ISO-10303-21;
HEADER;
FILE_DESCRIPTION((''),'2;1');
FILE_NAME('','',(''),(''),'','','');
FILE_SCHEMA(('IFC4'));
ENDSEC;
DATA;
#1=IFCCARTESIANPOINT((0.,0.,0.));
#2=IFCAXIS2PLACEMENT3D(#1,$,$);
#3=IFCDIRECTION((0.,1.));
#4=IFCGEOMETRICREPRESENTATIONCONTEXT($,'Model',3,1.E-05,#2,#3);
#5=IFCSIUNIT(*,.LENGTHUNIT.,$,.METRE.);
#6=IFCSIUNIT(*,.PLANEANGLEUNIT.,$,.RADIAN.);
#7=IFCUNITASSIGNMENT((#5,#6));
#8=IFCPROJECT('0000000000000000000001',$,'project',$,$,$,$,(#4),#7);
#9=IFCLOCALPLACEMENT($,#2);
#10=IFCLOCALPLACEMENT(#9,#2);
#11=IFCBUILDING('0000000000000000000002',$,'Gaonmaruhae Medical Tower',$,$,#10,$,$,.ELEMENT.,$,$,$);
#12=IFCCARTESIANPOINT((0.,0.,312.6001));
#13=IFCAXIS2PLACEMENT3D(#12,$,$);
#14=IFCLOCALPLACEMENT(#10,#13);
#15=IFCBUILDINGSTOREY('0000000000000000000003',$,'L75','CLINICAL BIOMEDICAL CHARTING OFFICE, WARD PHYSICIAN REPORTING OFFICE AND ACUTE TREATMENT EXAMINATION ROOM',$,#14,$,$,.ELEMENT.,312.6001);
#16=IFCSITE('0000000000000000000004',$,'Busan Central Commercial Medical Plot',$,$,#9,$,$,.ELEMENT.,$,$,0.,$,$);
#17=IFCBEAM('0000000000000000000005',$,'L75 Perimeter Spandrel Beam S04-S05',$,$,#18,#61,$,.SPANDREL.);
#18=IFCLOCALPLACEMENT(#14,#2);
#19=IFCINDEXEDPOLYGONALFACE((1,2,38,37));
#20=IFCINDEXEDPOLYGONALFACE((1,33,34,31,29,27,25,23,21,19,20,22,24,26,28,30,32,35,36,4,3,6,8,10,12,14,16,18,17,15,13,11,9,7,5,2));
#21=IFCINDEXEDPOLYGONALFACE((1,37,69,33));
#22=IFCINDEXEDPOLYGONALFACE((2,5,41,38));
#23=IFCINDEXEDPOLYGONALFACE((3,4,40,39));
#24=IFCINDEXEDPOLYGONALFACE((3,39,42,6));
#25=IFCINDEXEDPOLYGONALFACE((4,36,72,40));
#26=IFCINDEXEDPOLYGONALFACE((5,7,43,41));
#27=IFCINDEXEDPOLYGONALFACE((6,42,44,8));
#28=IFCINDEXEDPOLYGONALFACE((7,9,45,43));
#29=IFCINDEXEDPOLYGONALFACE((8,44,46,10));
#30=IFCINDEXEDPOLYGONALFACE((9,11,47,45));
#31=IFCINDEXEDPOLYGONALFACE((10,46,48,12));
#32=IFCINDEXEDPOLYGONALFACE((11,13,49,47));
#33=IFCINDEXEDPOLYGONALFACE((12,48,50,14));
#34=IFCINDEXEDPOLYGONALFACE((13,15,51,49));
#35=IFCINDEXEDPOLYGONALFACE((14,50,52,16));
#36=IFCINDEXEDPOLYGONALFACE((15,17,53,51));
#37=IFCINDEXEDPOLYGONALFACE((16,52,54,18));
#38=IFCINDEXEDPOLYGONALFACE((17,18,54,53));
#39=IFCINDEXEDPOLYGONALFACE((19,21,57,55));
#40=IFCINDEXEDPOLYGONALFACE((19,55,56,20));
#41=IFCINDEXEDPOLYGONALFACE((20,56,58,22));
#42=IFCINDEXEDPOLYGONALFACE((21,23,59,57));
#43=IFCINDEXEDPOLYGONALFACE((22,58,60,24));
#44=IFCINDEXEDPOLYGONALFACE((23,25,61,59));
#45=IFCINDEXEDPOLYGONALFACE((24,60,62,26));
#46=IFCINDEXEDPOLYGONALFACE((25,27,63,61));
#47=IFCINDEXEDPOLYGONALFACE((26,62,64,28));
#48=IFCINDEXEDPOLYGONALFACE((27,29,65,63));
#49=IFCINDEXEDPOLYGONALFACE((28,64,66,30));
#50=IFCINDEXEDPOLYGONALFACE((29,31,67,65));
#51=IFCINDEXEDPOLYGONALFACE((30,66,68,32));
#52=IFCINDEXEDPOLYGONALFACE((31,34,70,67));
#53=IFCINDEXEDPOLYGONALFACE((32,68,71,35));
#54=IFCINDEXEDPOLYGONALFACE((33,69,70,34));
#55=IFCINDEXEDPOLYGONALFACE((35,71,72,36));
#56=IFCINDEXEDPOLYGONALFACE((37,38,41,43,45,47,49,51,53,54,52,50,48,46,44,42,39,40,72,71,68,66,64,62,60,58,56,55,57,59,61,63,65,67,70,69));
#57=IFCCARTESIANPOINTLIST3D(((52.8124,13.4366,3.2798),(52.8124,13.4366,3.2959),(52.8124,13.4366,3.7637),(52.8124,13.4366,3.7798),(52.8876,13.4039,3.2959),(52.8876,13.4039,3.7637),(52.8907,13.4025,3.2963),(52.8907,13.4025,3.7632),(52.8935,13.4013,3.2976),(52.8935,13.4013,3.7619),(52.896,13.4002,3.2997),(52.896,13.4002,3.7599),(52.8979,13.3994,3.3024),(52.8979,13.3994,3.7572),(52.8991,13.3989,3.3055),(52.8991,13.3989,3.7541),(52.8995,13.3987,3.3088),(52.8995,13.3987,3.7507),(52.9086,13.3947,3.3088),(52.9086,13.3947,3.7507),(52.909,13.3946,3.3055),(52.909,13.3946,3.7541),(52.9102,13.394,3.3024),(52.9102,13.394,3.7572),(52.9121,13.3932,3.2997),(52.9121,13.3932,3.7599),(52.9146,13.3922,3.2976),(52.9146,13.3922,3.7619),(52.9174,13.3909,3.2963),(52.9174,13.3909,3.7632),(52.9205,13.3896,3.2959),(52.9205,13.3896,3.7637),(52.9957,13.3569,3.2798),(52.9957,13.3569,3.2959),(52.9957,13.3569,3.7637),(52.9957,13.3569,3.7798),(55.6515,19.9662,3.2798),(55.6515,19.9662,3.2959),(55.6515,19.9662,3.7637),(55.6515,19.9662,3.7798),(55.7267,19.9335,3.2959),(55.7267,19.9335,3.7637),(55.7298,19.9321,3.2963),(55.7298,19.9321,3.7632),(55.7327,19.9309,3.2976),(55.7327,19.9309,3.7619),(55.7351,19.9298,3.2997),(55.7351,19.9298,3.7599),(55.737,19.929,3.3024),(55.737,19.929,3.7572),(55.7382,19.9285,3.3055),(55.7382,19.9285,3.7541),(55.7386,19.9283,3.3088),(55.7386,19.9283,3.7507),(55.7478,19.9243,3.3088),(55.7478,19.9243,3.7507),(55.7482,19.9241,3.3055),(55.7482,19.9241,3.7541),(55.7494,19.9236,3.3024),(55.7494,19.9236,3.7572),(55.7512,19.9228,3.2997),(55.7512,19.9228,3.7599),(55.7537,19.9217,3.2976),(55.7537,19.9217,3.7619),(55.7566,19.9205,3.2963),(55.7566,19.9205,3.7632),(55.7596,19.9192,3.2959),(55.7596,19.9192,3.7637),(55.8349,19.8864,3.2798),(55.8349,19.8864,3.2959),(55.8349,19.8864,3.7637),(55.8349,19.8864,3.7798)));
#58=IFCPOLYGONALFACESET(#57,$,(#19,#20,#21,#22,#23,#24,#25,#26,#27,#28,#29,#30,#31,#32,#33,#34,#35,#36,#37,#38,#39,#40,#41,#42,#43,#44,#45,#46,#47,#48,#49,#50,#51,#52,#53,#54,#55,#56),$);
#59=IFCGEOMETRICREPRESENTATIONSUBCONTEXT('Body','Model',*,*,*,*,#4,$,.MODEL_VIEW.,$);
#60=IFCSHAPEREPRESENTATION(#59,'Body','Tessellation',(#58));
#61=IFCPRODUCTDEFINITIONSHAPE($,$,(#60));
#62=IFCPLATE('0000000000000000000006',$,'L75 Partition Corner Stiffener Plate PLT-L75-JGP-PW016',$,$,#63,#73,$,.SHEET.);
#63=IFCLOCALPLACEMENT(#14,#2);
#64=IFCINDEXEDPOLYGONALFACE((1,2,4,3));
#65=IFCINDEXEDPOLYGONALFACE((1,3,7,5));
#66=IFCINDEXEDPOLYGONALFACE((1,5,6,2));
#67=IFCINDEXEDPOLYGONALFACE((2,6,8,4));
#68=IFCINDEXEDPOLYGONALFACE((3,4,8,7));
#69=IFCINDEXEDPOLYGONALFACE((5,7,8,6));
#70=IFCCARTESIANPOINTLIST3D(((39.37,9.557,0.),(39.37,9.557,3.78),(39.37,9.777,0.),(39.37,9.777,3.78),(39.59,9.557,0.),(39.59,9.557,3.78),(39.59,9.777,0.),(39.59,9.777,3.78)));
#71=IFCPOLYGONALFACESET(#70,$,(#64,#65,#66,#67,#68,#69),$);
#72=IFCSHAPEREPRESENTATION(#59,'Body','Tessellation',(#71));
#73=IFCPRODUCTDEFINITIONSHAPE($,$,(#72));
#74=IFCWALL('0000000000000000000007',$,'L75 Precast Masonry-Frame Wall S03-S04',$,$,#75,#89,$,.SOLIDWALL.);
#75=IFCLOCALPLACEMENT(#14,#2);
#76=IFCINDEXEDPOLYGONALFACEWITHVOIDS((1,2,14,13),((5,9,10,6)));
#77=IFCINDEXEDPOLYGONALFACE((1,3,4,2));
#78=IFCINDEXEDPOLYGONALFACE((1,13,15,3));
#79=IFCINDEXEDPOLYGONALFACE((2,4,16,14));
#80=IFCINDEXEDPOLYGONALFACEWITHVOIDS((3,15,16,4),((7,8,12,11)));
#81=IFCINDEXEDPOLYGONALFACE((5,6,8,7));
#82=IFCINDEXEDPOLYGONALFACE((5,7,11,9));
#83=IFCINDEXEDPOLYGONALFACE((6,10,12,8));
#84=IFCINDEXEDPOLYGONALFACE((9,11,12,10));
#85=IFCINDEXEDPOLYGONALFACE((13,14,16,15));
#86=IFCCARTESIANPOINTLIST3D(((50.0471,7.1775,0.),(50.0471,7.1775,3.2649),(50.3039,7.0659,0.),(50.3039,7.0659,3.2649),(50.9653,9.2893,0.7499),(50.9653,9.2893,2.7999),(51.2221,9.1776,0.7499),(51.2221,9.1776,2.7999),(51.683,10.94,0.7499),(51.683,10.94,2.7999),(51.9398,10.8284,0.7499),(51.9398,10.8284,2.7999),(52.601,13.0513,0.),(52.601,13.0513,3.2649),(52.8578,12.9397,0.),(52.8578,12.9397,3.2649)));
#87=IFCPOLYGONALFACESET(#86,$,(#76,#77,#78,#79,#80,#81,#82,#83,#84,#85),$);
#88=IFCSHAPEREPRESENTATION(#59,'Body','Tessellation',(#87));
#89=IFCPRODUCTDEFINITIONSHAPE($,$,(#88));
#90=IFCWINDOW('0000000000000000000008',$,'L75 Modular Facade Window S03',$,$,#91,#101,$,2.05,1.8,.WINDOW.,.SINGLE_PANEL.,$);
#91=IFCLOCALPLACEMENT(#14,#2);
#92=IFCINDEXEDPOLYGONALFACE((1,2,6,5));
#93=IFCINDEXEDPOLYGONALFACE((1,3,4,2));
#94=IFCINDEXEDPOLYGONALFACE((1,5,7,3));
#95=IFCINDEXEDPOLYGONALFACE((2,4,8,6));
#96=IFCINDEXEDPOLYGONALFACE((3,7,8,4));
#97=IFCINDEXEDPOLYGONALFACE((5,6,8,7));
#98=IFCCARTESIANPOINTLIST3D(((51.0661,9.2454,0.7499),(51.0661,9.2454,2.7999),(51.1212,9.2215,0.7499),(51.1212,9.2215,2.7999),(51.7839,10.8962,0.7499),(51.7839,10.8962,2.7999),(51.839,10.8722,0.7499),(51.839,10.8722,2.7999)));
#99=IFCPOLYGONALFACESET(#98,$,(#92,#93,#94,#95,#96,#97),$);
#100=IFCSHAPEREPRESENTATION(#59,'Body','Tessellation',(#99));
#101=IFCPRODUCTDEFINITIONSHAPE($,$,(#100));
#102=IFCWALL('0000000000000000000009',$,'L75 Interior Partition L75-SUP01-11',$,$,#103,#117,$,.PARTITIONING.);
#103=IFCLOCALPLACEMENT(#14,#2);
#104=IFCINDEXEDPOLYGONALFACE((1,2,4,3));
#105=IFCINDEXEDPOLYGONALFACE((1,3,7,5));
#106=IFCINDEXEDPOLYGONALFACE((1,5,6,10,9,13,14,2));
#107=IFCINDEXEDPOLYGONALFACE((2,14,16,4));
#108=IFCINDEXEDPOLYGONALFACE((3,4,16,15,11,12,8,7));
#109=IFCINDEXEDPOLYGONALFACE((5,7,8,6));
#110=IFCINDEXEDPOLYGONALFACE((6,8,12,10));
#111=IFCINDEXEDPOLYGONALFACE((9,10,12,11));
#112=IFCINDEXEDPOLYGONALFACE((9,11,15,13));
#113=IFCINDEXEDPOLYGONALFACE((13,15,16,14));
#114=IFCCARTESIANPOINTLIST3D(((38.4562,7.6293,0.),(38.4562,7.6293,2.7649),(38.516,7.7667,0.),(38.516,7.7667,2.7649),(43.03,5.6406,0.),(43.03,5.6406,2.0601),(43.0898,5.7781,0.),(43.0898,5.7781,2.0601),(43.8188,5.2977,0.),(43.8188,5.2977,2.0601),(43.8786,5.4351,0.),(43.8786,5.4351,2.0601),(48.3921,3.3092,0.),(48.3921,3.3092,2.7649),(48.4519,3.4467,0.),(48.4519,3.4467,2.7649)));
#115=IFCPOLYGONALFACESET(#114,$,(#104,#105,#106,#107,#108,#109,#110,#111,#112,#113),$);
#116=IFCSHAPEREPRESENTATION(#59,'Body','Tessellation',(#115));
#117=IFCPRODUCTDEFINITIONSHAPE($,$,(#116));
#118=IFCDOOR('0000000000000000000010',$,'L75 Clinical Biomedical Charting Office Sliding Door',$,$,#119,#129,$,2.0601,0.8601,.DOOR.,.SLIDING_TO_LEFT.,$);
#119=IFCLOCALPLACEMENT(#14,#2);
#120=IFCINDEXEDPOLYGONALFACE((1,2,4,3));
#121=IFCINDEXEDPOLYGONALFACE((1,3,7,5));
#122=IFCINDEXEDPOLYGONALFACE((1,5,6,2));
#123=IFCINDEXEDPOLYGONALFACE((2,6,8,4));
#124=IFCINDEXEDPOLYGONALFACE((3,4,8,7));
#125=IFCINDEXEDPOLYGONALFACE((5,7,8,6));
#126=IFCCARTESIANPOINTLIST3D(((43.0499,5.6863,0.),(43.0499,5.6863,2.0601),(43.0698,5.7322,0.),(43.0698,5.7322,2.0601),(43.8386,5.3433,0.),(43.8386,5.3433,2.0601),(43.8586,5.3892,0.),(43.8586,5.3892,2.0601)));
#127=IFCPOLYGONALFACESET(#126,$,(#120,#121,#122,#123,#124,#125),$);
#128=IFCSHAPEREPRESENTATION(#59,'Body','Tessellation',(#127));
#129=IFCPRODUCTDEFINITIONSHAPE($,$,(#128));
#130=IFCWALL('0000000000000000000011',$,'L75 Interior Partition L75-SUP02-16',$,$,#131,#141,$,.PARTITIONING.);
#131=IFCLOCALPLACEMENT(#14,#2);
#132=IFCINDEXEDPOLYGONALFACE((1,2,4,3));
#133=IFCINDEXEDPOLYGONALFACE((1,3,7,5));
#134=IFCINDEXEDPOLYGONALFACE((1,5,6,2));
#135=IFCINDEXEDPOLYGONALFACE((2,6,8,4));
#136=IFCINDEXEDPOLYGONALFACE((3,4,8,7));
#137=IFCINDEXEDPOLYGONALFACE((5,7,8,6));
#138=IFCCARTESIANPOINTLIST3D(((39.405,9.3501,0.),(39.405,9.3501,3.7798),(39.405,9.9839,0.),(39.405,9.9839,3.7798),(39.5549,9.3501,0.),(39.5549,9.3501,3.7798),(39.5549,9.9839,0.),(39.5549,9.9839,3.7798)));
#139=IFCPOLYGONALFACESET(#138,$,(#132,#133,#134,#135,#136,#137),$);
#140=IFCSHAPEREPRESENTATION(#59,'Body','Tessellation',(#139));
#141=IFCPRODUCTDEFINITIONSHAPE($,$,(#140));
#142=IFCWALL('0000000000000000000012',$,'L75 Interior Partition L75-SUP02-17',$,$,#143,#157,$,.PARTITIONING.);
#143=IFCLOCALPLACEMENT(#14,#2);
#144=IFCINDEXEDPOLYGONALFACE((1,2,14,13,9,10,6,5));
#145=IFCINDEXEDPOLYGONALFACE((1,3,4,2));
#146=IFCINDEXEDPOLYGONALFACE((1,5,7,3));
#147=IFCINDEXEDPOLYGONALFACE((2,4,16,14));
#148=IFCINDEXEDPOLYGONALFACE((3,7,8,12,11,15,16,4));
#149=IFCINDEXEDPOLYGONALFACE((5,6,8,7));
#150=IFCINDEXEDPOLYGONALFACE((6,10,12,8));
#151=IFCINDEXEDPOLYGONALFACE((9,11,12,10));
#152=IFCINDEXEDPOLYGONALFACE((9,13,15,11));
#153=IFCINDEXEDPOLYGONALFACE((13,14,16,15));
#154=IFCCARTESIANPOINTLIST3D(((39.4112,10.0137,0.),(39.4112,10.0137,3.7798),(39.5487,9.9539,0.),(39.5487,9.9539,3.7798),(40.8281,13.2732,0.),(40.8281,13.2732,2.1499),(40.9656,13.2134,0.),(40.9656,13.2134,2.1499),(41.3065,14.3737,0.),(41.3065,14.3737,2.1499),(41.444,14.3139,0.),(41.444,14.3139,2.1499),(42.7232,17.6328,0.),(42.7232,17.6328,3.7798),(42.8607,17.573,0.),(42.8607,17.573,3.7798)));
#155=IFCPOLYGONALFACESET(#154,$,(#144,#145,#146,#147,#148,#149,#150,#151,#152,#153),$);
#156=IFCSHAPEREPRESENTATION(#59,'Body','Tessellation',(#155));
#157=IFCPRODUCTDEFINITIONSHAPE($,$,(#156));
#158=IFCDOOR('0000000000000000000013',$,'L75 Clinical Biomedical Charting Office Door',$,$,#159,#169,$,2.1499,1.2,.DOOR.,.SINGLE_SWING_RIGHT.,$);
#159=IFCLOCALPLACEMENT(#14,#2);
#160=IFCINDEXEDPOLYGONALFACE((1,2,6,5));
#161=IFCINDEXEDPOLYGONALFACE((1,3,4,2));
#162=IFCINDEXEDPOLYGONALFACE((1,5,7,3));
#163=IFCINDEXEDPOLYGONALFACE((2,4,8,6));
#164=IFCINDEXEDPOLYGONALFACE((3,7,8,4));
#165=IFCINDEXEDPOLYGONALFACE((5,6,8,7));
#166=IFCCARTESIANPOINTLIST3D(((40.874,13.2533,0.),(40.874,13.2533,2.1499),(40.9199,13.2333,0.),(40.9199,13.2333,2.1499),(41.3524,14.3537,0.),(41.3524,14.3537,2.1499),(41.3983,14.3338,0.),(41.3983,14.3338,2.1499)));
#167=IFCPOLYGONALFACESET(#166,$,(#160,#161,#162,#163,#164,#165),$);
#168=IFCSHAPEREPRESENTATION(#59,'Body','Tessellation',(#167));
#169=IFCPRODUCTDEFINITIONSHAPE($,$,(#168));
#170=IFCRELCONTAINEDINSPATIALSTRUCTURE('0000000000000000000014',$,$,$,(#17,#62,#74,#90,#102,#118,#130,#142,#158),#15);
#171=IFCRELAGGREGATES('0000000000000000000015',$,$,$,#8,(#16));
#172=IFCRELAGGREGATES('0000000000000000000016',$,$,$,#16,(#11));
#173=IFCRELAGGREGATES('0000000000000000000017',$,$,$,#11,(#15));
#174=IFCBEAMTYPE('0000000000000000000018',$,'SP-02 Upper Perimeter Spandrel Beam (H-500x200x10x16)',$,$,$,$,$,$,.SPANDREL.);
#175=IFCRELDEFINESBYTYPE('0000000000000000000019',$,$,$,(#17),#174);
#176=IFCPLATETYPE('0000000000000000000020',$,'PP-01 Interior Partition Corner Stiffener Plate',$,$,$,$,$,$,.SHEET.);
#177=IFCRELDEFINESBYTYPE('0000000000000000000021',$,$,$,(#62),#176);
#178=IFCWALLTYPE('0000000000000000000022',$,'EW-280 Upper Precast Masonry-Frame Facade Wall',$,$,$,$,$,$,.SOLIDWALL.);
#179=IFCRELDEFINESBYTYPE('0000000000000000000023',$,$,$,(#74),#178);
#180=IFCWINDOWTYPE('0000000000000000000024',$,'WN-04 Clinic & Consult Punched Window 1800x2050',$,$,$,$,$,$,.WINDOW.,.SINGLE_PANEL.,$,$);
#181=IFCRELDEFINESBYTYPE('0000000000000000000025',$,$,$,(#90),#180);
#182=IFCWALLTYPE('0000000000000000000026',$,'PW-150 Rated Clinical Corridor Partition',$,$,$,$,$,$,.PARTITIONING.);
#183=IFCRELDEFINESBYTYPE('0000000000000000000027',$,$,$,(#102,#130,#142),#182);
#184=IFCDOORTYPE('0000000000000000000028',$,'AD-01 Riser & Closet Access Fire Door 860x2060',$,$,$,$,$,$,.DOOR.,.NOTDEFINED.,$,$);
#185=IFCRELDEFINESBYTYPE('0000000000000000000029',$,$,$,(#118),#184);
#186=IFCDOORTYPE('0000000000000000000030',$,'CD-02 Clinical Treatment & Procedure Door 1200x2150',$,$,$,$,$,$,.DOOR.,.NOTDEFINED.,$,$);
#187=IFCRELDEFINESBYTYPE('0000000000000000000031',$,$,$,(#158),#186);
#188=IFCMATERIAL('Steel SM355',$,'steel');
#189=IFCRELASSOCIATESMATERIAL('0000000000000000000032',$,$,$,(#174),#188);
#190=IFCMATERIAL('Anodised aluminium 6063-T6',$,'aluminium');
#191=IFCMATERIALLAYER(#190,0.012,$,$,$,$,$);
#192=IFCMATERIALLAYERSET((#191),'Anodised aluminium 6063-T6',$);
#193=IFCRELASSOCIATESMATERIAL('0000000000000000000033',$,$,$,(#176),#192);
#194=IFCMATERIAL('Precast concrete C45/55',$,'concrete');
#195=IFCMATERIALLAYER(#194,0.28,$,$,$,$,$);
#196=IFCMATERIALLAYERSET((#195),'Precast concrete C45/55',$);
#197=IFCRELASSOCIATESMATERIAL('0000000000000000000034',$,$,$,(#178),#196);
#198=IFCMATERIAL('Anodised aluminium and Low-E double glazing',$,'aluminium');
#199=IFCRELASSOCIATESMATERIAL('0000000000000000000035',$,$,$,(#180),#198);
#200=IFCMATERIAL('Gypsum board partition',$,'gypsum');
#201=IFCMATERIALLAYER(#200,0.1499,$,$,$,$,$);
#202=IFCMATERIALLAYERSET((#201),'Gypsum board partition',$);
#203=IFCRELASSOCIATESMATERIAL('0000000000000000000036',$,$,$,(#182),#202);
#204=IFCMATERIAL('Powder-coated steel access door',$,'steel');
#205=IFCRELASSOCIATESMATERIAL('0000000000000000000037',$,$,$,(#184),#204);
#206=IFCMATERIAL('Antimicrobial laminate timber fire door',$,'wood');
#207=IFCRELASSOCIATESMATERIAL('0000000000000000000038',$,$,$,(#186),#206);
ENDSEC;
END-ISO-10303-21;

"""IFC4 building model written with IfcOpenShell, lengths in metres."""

from ifc_helpers import new_model, si_unit, direction, frame, frame_2d, origin, origin_2d, place, context, subcontext, project, spatial, rectangle, i_section, extrude, material, layer, layer_set, material_profile, profile_set, type_object, element, fill, save


model = new_model("IFC4")

# Units and contexts
model_context = context("Model", 3, precision=1e-05, world=origin(), true_north=direction((0.0, 1.0)))
body_context = subcontext(model_context, "Body", "Model", "MODEL_VIEW")
ifc_project = project(units=[si_unit("LENGTHUNIT", "METRE"), si_unit("PLANEANGLEUNIT", "RADIAN")], contexts=[model_context])

# Site, building, storey
site_placement = place(None, origin())
site = spatial("IfcSite", under=ifc_project, at=site_placement, Name="Busan Central Commercial Medical Plot", CompositionType="ELEMENT", RefElevation=0.0)
building_placement = place(site_placement, origin())
building = spatial("IfcBuilding", under=site, at=building_placement, Name="Gaonmaruhae Medical Tower", CompositionType="ELEMENT")
storey_placement = place(building_placement, frame((0.0, 0.0, 312.6001)))
storey = spatial("IfcBuildingStorey", under=building, at=storey_placement, Name="L75", Description="CLINICAL BIOMEDICAL CHARTING OFFICE, WARD PHYSICIAN REPORTING OFFICE AND ACUTE TREATMENT EXAMINATION ROOM", CompositionType="ELEMENT", Elevation=312.6001)

# Beam
ifc_material_1 = material(Name="Steel SM355", Category="steel")
ifc_material_profile_1 = material_profile(ifc_material_1, i_section(OverallWidth=0.2, OverallDepth=0.5, WebThickness=0.01, FlangeThickness=0.0161, FilletRadius=0.0129, at=origin_2d()), Name="H-500x200x10x16")
ifc_profile_set_1 = profile_set([ifc_material_profile_1], Name="Steel SM355")
beam_type_1 = type_object("IfcBeamType", Name="SP-02 Upper Perimeter Spandrel Beam (H-500x200x10x16)", PredefinedType="SPANDREL", material=ifc_profile_set_1)
for number, where, z_axis, x_axis, name in (
    (1, (52.9041, 13.3967, 3.5298), (0.398747, 0.917061, 0.0), (-0.917061, 0.398747, 0.0), "L75 Perimeter Spandrel Beam S04-S05"),
):
    element("IfcBeam", number, at=place(storey_placement, frame(where, z_axis=z_axis, x_axis=x_axis)), inside=storey, type_object=beam_type_1, Name=name, PredefinedType="SPANDREL", context=body_context, shape_type="SweptSolid", body=[
        extrude(i_section(OverallWidth=0.2, OverallDepth=0.5, WebThickness=0.01, FlangeThickness=0.0161, FilletRadius=0.0129, at=origin_2d()), origin(), (0.0, 0.0, 1.0), 7.1201),
    ])

# Plate
ifc_material_2 = material(Name="Anodised aluminium 6063-T6", Category="aluminium")
ifc_layer_1 = layer(ifc_material_2, 0.012)
ifc_layer_set_1 = layer_set([ifc_layer_1], Name="Anodised aluminium 6063-T6")
plate_type = type_object("IfcPlateType", Name="PP-01 Interior Partition Corner Stiffener Plate", PredefinedType="SHEET", material=ifc_layer_set_1)
plate_placement = place(storey_placement, frame((39.48, 9.667, 0.0), z_axis=(0.0, 0.0, 1.0), x_axis=(0.0, 1.0, 0.0)))
element("IfcPlate", 2, at=plate_placement, inside=storey, type_object=plate_type, Name="L75 Partition Corner Stiffener Plate PLT-L75-JGP-PW016", PredefinedType="SHEET", context=body_context, shape_type="SweptSolid", body=[
    extrude(rectangle(XDim=0.22, YDim=0.22, at=origin_2d()), origin(), (0.0, 0.0, 1.0), 3.78),
])

# Wall, opening, window
ifc_material_3 = material(Name="Precast concrete C45/55", Category="concrete")
ifc_layer_2 = layer(ifc_material_3, 0.28)
ifc_layer_set_2 = layer_set([ifc_layer_2], Name="Precast concrete C45/55")
wall_type_1 = type_object("IfcWallType", Name="EW-280 Upper Precast Masonry-Frame Facade Wall", PredefinedType="SOLIDWALL", material=ifc_layer_set_2)
wall_1_placement = place(storey_placement, frame((52.7295, 12.9956, 0.0), z_axis=(0.0, 0.0, 1.0), x_axis=(-0.398744, -0.917062, 0.0)))
wall_1 = element("IfcWall", 3, at=wall_1_placement, inside=storey, type_object=wall_type_1, Name="L75 Precast Masonry-Frame Wall S03-S04", PredefinedType="SOLIDWALL", context=body_context, shape_type="SweptSolid", body=[
    extrude(rectangle(XDim=6.405, YDim=0.28, at=frame_2d((3.2026, 0.0))), origin(), (0.0, 0.0, 1.0), 3.2649),
])
opening_1_placement = place(wall_1_placement, frame((2.3025, 0.0, 0.75)))
opening_1 = element("IfcOpeningElement", 4, at=opening_1_placement, cuts=wall_1, PredefinedType="OPENING", context=body_context, shape_type="SweptSolid", body=[
    extrude(rectangle(XDim=1.8, YDim=2.05, at=frame_2d((0.8999, 1.0249))), frame((0.0, 0.1499, 0.0), z_axis=(0.0, -1.0, 0.0), x_axis=(1.0, 0.0, 0.0)), (0.0, 0.0, 1.0), 0.3),
])
ifc_material_4 = material(Name="Anodised aluminium and Low-E double glazing", Category="aluminium")
window_type = type_object("IfcWindowType", Name="WN-04 Clinic & Consult Punched Window 1800x2050", PartitioningType="SINGLE_PANEL", PredefinedType="WINDOW", material=ifc_material_4)
window_placement = place(opening_1_placement, origin())
window = element("IfcWindow", 5, at=window_placement, inside=storey, type_object=window_type, Name="L75 Modular Facade Window S03", OverallHeight=2.05, OverallWidth=1.8, PartitioningType="SINGLE_PANEL", PredefinedType="WINDOW", context=body_context, shape_type="SweptSolid", body=[
    extrude(rectangle(XDim=1.8, YDim=2.05, at=frame_2d((0.8999, 1.0249))), frame((0.0, 0.03, 0.0), z_axis=(0.0, -1.0, 0.0), x_axis=(1.0, 0.0, 0.0)), (0.0, 0.0, 1.0), 0.0601),
])
fill(opening_1, window)

# Wall, opening, door
ifc_material_5 = material(Name="Gypsum board partition", Category="gypsum")
ifc_layer_3 = layer(ifc_material_5, 0.1499)
ifc_layer_set_3 = layer_set([ifc_layer_3], Name="Gypsum board partition")
wall_type_2 = type_object("IfcWallType", Name="PW-150 Rated Clinical Corridor Partition", PredefinedType="PARTITIONING", material=ifc_layer_set_3)
wall_2_placement = place(storey_placement, frame((38.4861, 7.698, 0.0), z_axis=(0.0, 0.0, 1.0), x_axis=(0.917068, -0.39873, 0.0)))
wall_2 = element("IfcWall", 6, at=wall_2_placement, inside=storey, type_object=wall_type_2, Name="L75 Interior Partition L75-SUP01-11", PredefinedType="PARTITIONING", context=body_context, shape_type="SweptSolid", body=[
    extrude(rectangle(XDim=10.8345, YDim=0.1499, at=frame_2d((5.4172, 0.0))), origin(), (0.0, 0.0, 1.0), 2.7649),
])
opening_2_placement = place(wall_2_placement, frame((4.9873, 0.0, 0.0)))
opening_2 = element("IfcOpeningElement", 7, at=opening_2_placement, cuts=wall_2, PredefinedType="OPENING", context=body_context, shape_type="SweptSolid", body=[
    extrude(rectangle(XDim=0.8601, YDim=2.0601, at=frame_2d((0.4302, 1.03))), frame((0.0, 0.085, 0.0), z_axis=(0.0, -1.0, 0.0), x_axis=(1.0, 0.0, 0.0)), (0.0, 0.0, 1.0), 0.1699),
])
ifc_material_6 = material(Name="Powder-coated steel access door", Category="steel")
door_type_1 = type_object("IfcDoorType", Name="AD-01 Riser & Closet Access Fire Door 860x2060", OperationType="NOTDEFINED", PredefinedType="DOOR", material=ifc_material_6)
door_1_placement = place(opening_2_placement, origin())
door_1 = element("IfcDoor", 8, at=door_1_placement, inside=storey, type_object=door_type_1, Name="L75 Clinical Biomedical Charting Office Sliding Door", OperationType="SLIDING_TO_LEFT", OverallHeight=2.0601, OverallWidth=0.8601, PredefinedType="DOOR", context=body_context, shape_type="SweptSolid", body=[
    extrude(rectangle(XDim=0.8601, YDim=2.0601, at=frame_2d((0.4302, 1.03))), frame((0.0, 0.0249, 0.0), z_axis=(0.0, -1.0, 0.0), x_axis=(1.0, 0.0, 0.0)), (0.0, 0.0, 1.0), 0.05),
])
fill(opening_2, door_1)

# Wall
wall_3_placement = place(storey_placement, frame((39.48, 9.3501, 0.0), z_axis=(0.0, 0.0, 1.0), x_axis=(0.0, 1.0, 0.0)))
element("IfcWall", 9, at=wall_3_placement, inside=storey, type_object=wall_type_2, Name="L75 Interior Partition L75-SUP02-16", PredefinedType="PARTITIONING", context=body_context, shape_type="SweptSolid", body=[
    extrude(rectangle(XDim=0.6338, YDim=0.1499, at=frame_2d((0.3169, 0.0))), origin(), (0.0, 0.0, 1.0), 3.7798),
])

# Wall, opening, door
wall_4_placement = place(storey_placement, frame((39.48, 9.9839, 0.0), z_axis=(0.0, 0.0, 1.0), x_axis=(0.398659, 0.917099, 0.0)))
wall_4 = element("IfcWall", 10, at=wall_4_placement, inside=storey, type_object=wall_type_2, Name="L75 Interior Partition L75-SUP02-17", PredefinedType="PARTITIONING", context=body_context, shape_type="SweptSolid", body=[
    extrude(rectangle(XDim=8.3079, YDim=0.1499, at=frame_2d((4.1538, 0.0))), origin(), (0.0, 0.0, 1.0), 3.7798),
])
opening_3_placement = place(wall_4_placement, frame((3.554, 0.0, 0.0)))
opening_3 = element("IfcOpeningElement", 11, at=opening_3_placement, cuts=wall_4, PredefinedType="OPENING", context=body_context, shape_type="SweptSolid", body=[
    extrude(rectangle(XDim=1.2, YDim=2.1499, at=frame_2d((0.6001, 1.075))), frame((0.0, 0.085, 0.0), z_axis=(0.0, -1.0, 0.0), x_axis=(1.0, 0.0, 0.0)), (0.0, 0.0, 1.0), 0.1699),
])
ifc_material_7 = material(Name="Antimicrobial laminate timber fire door", Category="wood")
door_type_2 = type_object("IfcDoorType", Name="CD-02 Clinical Treatment & Procedure Door 1200x2150", OperationType="NOTDEFINED", PredefinedType="DOOR", material=ifc_material_7)
door_2_placement = place(opening_3_placement, origin())
door_2 = element("IfcDoor", 12, at=door_2_placement, inside=storey, type_object=door_type_2, Name="L75 Clinical Biomedical Charting Office Door", OperationType="SINGLE_SWING_RIGHT", OverallHeight=2.1499, OverallWidth=1.2, PredefinedType="DOOR", context=body_context, shape_type="SweptSolid", body=[
    extrude(rectangle(XDim=1.2, YDim=2.1499, at=frame_2d((0.6001, 1.075))), frame((0.0, 0.0249, 0.0), z_axis=(0.0, -1.0, 0.0), x_axis=(1.0, 0.0, 0.0)), (0.0, 0.0, 1.0), 0.05),
])
fill(opening_3, door_2)

save(model, "model.ifc")
